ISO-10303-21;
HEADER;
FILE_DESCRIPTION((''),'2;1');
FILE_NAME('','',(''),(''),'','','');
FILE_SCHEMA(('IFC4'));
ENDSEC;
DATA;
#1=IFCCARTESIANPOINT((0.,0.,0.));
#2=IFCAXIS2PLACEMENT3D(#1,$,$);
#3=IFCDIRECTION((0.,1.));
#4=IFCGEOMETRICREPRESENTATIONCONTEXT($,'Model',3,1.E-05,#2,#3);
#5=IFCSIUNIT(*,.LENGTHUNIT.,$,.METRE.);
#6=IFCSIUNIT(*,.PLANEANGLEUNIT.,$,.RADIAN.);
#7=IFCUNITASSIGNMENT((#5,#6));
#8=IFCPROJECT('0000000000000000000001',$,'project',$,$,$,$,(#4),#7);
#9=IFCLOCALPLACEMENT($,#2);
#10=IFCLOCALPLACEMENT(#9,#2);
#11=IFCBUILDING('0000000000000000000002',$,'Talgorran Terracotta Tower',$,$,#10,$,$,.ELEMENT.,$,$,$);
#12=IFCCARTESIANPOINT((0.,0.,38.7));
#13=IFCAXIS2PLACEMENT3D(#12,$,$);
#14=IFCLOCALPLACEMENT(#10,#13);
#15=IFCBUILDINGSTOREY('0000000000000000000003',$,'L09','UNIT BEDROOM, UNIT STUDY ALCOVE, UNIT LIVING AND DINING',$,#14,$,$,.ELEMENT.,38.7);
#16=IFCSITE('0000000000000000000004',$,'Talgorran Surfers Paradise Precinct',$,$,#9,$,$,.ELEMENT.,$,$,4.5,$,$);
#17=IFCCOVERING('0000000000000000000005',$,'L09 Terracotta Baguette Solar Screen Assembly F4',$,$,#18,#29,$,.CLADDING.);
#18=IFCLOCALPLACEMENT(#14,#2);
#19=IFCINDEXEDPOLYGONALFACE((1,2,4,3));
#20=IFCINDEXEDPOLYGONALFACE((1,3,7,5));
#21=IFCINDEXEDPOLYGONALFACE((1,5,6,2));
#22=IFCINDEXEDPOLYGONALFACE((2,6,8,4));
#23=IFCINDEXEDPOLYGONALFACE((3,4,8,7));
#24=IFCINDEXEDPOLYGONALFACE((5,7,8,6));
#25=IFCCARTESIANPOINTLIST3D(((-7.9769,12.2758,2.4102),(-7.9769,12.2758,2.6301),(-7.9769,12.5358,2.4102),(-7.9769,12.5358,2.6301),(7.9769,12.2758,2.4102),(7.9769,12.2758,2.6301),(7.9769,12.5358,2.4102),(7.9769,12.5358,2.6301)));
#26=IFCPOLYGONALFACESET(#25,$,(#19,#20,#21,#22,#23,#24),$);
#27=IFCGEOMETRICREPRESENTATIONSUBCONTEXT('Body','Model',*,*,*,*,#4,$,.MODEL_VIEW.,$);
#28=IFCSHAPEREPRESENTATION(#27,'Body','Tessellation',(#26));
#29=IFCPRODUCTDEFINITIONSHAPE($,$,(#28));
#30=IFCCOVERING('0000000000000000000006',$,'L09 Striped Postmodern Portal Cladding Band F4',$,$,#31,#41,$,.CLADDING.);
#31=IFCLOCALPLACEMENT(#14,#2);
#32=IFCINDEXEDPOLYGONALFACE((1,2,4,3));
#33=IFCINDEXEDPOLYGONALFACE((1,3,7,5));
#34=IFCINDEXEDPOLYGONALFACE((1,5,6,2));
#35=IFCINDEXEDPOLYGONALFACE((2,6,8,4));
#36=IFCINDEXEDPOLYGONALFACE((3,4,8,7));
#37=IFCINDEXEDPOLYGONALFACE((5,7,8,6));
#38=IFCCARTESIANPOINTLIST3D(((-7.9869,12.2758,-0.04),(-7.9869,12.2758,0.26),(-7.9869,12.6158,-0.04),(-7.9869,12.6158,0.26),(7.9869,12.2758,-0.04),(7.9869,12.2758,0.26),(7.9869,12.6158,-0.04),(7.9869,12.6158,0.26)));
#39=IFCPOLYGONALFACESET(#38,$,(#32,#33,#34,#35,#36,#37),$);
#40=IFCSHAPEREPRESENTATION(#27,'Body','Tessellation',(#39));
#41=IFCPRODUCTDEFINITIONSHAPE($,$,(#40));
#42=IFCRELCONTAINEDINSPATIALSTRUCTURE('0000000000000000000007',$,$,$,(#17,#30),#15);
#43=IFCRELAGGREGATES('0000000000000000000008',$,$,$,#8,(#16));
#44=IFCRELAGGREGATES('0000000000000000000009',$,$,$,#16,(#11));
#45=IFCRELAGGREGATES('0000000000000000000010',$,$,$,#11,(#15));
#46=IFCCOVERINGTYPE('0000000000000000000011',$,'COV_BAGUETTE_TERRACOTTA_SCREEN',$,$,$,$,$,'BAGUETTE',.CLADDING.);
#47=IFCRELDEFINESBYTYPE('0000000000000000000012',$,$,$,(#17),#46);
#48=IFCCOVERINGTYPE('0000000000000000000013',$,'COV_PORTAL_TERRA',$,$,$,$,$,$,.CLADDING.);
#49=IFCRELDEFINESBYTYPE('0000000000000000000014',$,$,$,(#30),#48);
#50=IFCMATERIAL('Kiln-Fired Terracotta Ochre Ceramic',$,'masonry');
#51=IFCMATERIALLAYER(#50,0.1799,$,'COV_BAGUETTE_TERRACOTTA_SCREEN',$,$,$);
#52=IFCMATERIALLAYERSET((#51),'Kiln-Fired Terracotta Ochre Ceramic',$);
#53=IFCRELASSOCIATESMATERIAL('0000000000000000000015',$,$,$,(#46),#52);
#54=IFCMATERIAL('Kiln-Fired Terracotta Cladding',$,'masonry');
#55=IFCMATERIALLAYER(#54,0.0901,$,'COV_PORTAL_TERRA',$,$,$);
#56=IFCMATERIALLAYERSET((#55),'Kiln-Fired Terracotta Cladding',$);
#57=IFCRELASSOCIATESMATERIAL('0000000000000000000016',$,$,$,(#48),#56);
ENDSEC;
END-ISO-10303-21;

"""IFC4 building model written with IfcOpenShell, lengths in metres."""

from ifc_helpers import new_model, si_unit, direction, frame, origin, origin_2d, place, context, subcontext, project, spatial, rectangle, extrude, material, layer, layer_set, type_object, element, save


model = new_model("IFC4")

# Units and contexts
model_context = context("Model", 3, precision=1e-05, world=origin(), true_north=direction((0.0, 1.0)))
body_context = subcontext(model_context, "Body", "Model", "MODEL_VIEW")
ifc_project = project(units=[si_unit("LENGTHUNIT", "METRE"), si_unit("PLANEANGLEUNIT", "RADIAN")], contexts=[model_context])

# Site, building, storey
site_placement = place(None, origin())
site = spatial("IfcSite", under=ifc_project, at=site_placement, Name="Talgorran Surfers Paradise Precinct", CompositionType="ELEMENT", RefElevation=4.5)
building_placement = place(site_placement, origin())
building = spatial("IfcBuilding", under=site, at=building_placement, Name="Talgorran Terracotta Tower", CompositionType="ELEMENT")
storey_placement = place(building_placement, frame((0.0, 0.0, 38.7)))
storey = spatial("IfcBuildingStorey", under=building, at=storey_placement, Name="L09", Description="UNIT BEDROOM, UNIT STUDY ALCOVE, UNIT LIVING AND DINING", CompositionType="ELEMENT", Elevation=38.7)

# Coverings
ifc_material_1 = material(Name="Kiln-Fired Terracotta Ochre Ceramic", Category="masonry")
ifc_layer_1 = layer(ifc_material_1, 0.1799, Name="COV_BAGUETTE_TERRACOTTA_SCREEN")
ifc_layer_set_1 = layer_set([ifc_layer_1], Name="Kiln-Fired Terracotta Ochre Ceramic")
covering_type_1 = type_object("IfcCoveringType", Name="COV_BAGUETTE_TERRACOTTA_SCREEN", ElementType="BAGUETTE", PredefinedType="CLADDING", material=ifc_layer_set_1)
covering_1_placement = place(storey_placement, frame((0.0, 12.4058, 2.4102), z_axis=(0.0, 0.0, 1.0), x_axis=(-1.0, 0.0, 0.0)))
element("IfcCovering", 1, at=covering_1_placement, inside=storey, type_object=covering_type_1, Name="L09 Terracotta Baguette Solar Screen Assembly F4", PredefinedType="CLADDING", context=body_context, shape_type="SweptSolid", body=[
    extrude(rectangle(XDim=15.9539, YDim=0.26, at=origin_2d()), origin(), (0.0, 0.0, 1.0), 0.22),
])
ifc_material_2 = material(Name="Kiln-Fired Terracotta Cladding", Category="masonry")
ifc_layer_2 = layer(ifc_material_2, 0.0901, Name="COV_PORTAL_TERRA")
ifc_layer_set_2 = layer_set([ifc_layer_2], Name="Kiln-Fired Terracotta Cladding")
covering_type_2 = type_object("IfcCoveringType", Name="COV_PORTAL_TERRA", PredefinedType="CLADDING", material=ifc_layer_set_2)
covering_2_placement = place(storey_placement, frame((0.0, 12.4458, -0.04), z_axis=(0.0, 0.0, 1.0), x_axis=(-1.0, 0.0, 0.0)))
element("IfcCovering", 2, at=covering_2_placement, inside=storey, type_object=covering_type_2, Name="L09 Striped Postmodern Portal Cladding Band F4", PredefinedType="CLADDING", context=body_context, shape_type="SweptSolid", body=[
    extrude(rectangle(XDim=15.9739, YDim=0.3401, at=origin_2d()), origin(), (0.0, 0.0, 1.0), 0.3),
])

save(model, "model.ifc")
